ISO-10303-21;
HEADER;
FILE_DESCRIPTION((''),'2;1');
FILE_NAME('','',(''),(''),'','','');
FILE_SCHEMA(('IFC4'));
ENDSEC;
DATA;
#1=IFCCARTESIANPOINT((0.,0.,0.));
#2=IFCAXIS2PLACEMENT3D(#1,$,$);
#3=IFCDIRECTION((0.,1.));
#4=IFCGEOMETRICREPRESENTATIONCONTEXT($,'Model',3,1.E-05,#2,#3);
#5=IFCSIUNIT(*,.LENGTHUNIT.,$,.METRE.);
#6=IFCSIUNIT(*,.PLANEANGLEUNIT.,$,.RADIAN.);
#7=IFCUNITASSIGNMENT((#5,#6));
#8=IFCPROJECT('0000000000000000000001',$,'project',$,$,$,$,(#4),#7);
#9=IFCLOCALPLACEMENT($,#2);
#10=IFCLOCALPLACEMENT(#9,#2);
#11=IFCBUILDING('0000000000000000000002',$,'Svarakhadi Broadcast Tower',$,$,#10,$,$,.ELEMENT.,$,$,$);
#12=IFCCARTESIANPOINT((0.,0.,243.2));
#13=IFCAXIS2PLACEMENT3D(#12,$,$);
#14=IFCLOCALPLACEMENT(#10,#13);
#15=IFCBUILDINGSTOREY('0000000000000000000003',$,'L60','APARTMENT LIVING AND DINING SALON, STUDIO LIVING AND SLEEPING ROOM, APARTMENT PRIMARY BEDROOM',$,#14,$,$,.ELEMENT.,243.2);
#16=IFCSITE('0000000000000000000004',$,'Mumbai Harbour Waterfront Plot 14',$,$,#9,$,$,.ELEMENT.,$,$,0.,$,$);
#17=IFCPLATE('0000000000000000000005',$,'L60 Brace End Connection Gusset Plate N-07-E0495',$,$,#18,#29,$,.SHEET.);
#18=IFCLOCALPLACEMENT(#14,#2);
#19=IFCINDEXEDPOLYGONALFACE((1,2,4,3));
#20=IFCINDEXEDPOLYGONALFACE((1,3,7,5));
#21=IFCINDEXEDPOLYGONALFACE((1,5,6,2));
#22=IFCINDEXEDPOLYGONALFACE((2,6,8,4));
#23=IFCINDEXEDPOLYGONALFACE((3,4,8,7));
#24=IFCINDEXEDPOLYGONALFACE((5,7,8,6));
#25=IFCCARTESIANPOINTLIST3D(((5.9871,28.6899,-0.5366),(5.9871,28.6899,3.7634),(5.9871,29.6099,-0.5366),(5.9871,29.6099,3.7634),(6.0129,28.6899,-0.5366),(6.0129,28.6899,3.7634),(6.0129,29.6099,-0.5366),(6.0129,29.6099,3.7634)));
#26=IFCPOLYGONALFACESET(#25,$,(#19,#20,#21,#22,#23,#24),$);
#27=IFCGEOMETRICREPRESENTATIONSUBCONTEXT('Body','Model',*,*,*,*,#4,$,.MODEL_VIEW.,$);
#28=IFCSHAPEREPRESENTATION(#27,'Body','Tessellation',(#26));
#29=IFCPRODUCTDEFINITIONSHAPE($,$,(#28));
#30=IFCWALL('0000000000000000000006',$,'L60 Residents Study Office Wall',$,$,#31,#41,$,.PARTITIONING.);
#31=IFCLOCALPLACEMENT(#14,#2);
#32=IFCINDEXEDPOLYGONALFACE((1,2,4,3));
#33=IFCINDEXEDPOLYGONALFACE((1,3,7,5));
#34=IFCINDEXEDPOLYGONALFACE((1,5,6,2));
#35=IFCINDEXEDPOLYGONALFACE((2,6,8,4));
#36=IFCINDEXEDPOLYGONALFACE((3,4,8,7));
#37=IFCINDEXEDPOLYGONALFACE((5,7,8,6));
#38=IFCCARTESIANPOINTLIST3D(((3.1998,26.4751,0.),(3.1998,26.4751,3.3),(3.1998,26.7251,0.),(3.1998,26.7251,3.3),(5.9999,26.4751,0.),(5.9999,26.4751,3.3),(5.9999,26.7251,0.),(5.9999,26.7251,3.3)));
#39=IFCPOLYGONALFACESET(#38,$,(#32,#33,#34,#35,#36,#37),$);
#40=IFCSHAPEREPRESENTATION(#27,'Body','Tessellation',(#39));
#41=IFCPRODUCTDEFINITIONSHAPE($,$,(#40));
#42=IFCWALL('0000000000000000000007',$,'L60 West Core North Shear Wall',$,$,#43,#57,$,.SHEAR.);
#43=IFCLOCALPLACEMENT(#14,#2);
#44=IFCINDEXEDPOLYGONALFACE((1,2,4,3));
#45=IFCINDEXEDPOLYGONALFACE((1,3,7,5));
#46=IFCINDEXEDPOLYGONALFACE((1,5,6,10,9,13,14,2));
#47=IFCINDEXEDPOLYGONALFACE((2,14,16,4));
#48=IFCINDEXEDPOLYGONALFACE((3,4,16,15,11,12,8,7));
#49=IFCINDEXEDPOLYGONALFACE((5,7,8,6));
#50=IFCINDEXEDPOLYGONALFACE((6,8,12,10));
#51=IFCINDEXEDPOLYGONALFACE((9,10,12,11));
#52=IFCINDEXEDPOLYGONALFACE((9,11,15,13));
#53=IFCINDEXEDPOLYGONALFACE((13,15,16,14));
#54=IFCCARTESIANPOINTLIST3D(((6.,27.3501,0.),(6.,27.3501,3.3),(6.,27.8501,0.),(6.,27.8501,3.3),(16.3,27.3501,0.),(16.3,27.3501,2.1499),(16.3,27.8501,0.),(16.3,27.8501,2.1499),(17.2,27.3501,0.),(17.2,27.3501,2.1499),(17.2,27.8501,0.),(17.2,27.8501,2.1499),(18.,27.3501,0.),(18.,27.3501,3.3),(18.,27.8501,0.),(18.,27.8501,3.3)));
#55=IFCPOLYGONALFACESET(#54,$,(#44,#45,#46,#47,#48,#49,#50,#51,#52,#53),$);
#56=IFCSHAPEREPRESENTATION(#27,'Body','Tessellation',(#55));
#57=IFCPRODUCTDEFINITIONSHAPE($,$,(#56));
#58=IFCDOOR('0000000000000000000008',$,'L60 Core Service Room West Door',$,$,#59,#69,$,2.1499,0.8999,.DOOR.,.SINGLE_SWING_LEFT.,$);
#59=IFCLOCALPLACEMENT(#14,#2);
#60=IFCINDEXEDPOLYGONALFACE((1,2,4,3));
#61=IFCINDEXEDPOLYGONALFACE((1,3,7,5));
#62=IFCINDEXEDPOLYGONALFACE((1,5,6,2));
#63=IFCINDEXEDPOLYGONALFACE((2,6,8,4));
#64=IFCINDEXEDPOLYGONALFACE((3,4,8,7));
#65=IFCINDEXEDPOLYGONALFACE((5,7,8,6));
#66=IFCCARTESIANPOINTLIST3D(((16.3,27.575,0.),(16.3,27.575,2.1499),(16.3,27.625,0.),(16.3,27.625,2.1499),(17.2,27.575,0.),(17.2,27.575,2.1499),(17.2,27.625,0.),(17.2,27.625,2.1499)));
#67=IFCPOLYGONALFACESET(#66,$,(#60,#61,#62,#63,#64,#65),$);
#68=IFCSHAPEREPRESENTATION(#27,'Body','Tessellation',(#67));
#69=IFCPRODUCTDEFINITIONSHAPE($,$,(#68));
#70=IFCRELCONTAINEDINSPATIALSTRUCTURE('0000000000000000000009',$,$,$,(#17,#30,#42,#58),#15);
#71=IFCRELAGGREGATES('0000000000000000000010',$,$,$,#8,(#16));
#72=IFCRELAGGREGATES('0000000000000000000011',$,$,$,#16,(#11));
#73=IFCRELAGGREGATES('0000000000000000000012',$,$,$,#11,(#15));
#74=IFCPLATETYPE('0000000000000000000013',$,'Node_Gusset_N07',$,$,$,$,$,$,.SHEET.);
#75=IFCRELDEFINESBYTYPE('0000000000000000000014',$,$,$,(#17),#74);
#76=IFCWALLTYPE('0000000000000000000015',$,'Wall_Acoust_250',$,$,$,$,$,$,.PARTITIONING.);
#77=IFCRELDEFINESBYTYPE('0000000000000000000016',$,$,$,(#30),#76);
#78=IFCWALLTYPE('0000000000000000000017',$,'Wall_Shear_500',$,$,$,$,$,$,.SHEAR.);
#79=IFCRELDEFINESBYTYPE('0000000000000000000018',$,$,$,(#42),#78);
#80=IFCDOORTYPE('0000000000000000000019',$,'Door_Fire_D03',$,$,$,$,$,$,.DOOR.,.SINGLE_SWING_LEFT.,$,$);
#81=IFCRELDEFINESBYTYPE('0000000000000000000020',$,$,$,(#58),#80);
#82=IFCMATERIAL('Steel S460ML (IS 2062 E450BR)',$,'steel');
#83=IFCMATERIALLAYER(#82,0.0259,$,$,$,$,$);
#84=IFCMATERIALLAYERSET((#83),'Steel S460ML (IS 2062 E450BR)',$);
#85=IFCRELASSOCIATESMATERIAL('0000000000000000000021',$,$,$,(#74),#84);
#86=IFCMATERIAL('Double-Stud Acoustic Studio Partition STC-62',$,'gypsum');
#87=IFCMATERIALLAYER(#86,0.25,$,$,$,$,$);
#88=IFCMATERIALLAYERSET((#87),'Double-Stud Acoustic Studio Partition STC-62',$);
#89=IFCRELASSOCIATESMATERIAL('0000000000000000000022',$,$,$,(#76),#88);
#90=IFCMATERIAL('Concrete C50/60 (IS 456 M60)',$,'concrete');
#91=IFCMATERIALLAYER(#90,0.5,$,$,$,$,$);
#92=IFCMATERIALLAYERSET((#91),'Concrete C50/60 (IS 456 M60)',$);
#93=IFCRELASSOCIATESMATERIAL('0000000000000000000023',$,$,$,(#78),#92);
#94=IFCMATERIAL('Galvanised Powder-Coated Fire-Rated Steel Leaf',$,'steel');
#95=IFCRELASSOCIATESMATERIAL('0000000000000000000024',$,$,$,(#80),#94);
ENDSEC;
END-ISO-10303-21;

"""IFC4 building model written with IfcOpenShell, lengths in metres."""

from ifc_helpers import new_model, si_unit, direction, frame, frame_2d, origin, origin_2d, place, context, subcontext, project, spatial, rectangle, extrude, material, layer, layer_set, type_object, element, fill, save


model = new_model("IFC4")

# Units and contexts
model_context = context("Model", 3, precision=1e-05, world=origin(), true_north=direction((0.0, 1.0)))
body_context = subcontext(model_context, "Body", "Model", "MODEL_VIEW")
ifc_project = project(units=[si_unit("LENGTHUNIT", "METRE"), si_unit("PLANEANGLEUNIT", "RADIAN")], contexts=[model_context])

# Site, building, storey
site_placement = place(None, origin())
site = spatial("IfcSite", under=ifc_project, at=site_placement, Name="Mumbai Harbour Waterfront Plot 14", CompositionType="ELEMENT", RefElevation=0.0)
building_placement = place(site_placement, origin())
building = spatial("IfcBuilding", under=site, at=building_placement, Name="Svarakhadi Broadcast Tower", CompositionType="ELEMENT")
storey_placement = place(building_placement, frame((0.0, 0.0, 243.2)))
storey = spatial("IfcBuildingStorey", under=building, at=storey_placement, Name="L60", Description="APARTMENT LIVING AND DINING SALON, STUDIO LIVING AND SLEEPING ROOM, APARTMENT PRIMARY BEDROOM", CompositionType="ELEMENT", Elevation=243.2)

# Shared definitions
ifc_material_1 = material(Name="Concrete C50/60 (IS 456 M60)", Category="concrete")
ifc_material_2 = material(Name="Steel S460ML (IS 2062 E450BR)", Category="steel")

# Plate
ifc_layer_1 = layer(ifc_material_2, 0.0259)
ifc_layer_set_1 = layer_set([ifc_layer_1], Name="Steel S460ML (IS 2062 E450BR)")
plate_type_1 = type_object("IfcPlateType", Name="Node_Gusset_N07", PredefinedType="SHEET", material=ifc_layer_set_1)
plate_1_placement = place(storey_placement, frame((6.0, 29.1499, -0.5366), z_axis=(0.0, 0.0, 1.0), x_axis=(0.0, 1.0, 0.0)))
element("IfcPlate", 1, at=plate_1_placement, inside=storey, type_object=plate_type_1, Name="L60 Brace End Connection Gusset Plate N-07-E0495", PredefinedType="SHEET", context=body_context, shape_type="SweptSolid", body=[
    extrude(rectangle(XDim=0.9199, YDim=0.0259, at=origin_2d()), origin(), (0.0, 0.0, 1.0), 4.3),
])

# Wall
ifc_material_3 = material(Name="Double-Stud Acoustic Studio Partition STC-62", Category="gypsum")
ifc_layer_2 = layer(ifc_material_3, 0.25)
ifc_layer_set_2 = layer_set([ifc_layer_2], Name="Double-Stud Acoustic Studio Partition STC-62")
wall_type_1 = type_object("IfcWallType", Name="Wall_Acoust_250", PredefinedType="PARTITIONING", material=ifc_layer_set_2)
wall_1_placement = place(storey_placement, frame((3.2, 26.6001, 0.0), z_axis=(0.0, 0.0, 1.0), x_axis=(1.0, 0.0, 0.0)))
element("IfcWall", 2, at=wall_1_placement, inside=storey, type_object=wall_type_1, Name="L60 Residents Study Office Wall", PredefinedType="PARTITIONING", context=body_context, shape_type="SweptSolid", body=[
    extrude(rectangle(XDim=2.8, YDim=0.25, at=frame_2d((1.3999, 0.0))), origin(), (0.0, 0.0, 1.0), 3.3),
])

# Wall, opening, door
ifc_layer_3 = layer(ifc_material_1, 0.5)
ifc_layer_set_3 = layer_set([ifc_layer_3], Name="Concrete C50/60 (IS 456 M60)")
wall_type_2 = type_object("IfcWallType", Name="Wall_Shear_500", PredefinedType="SHEAR", material=ifc_layer_set_3)
wall_2_placement = place(storey_placement, frame((6.0, 27.6001, 0.0), z_axis=(0.0, 0.0, 1.0), x_axis=(1.0, 0.0, 0.0)))
wall_2 = element("IfcWall", 3, at=wall_2_placement, inside=storey, type_object=wall_type_2, Name="L60 West Core North Shear Wall", PredefinedType="SHEAR", context=body_context, shape_type="SweptSolid", body=[
    extrude(rectangle(XDim=12.0, YDim=0.5, at=frame_2d((6.0, 0.0))), origin(), (0.0, 0.0, 1.0), 3.3),
])
opening_placement = place(wall_2_placement, frame((10.3, 0.0, 0.0)))
opening = element("IfcOpeningElement", 4, at=opening_placement, cuts=wall_2, PredefinedType="OPENING", context=body_context, shape_type="SweptSolid", body=[
    extrude(rectangle(XDim=0.8999, YDim=2.1499, at=frame_2d((0.45, 1.075))), frame((0.0, 0.26, 0.0), z_axis=(0.0, -1.0, 0.0), x_axis=(1.0, 0.0, 0.0)), (0.0, 0.0, 1.0), 0.52),
])
ifc_material_4 = material(Name="Galvanised Powder-Coated Fire-Rated Steel Leaf", Category="steel")
door_type = type_object("IfcDoorType", Name="Door_Fire_D03", OperationType="SINGLE_SWING_LEFT", PredefinedType="DOOR", material=ifc_material_4)
door_placement = place(opening_placement, origin())
door = element("IfcDoor", 5, at=door_placement, inside=storey, type_object=door_type, Name="L60 Core Service Room West Door", OperationType="SINGLE_SWING_LEFT", OverallHeight=2.1499, OverallWidth=0.8999, PredefinedType="DOOR", context=body_context, shape_type="SweptSolid", body=[
    extrude(rectangle(XDim=0.8999, YDim=2.1499, at=frame_2d((0.45, 1.075))), frame((0.0, 0.0249, 0.0), z_axis=(0.0, -1.0, 0.0), x_axis=(1.0, 0.0, 0.0)), (0.0, 0.0, 1.0), 0.05),
])
fill(opening, door)

save(model, "model.ifc")
